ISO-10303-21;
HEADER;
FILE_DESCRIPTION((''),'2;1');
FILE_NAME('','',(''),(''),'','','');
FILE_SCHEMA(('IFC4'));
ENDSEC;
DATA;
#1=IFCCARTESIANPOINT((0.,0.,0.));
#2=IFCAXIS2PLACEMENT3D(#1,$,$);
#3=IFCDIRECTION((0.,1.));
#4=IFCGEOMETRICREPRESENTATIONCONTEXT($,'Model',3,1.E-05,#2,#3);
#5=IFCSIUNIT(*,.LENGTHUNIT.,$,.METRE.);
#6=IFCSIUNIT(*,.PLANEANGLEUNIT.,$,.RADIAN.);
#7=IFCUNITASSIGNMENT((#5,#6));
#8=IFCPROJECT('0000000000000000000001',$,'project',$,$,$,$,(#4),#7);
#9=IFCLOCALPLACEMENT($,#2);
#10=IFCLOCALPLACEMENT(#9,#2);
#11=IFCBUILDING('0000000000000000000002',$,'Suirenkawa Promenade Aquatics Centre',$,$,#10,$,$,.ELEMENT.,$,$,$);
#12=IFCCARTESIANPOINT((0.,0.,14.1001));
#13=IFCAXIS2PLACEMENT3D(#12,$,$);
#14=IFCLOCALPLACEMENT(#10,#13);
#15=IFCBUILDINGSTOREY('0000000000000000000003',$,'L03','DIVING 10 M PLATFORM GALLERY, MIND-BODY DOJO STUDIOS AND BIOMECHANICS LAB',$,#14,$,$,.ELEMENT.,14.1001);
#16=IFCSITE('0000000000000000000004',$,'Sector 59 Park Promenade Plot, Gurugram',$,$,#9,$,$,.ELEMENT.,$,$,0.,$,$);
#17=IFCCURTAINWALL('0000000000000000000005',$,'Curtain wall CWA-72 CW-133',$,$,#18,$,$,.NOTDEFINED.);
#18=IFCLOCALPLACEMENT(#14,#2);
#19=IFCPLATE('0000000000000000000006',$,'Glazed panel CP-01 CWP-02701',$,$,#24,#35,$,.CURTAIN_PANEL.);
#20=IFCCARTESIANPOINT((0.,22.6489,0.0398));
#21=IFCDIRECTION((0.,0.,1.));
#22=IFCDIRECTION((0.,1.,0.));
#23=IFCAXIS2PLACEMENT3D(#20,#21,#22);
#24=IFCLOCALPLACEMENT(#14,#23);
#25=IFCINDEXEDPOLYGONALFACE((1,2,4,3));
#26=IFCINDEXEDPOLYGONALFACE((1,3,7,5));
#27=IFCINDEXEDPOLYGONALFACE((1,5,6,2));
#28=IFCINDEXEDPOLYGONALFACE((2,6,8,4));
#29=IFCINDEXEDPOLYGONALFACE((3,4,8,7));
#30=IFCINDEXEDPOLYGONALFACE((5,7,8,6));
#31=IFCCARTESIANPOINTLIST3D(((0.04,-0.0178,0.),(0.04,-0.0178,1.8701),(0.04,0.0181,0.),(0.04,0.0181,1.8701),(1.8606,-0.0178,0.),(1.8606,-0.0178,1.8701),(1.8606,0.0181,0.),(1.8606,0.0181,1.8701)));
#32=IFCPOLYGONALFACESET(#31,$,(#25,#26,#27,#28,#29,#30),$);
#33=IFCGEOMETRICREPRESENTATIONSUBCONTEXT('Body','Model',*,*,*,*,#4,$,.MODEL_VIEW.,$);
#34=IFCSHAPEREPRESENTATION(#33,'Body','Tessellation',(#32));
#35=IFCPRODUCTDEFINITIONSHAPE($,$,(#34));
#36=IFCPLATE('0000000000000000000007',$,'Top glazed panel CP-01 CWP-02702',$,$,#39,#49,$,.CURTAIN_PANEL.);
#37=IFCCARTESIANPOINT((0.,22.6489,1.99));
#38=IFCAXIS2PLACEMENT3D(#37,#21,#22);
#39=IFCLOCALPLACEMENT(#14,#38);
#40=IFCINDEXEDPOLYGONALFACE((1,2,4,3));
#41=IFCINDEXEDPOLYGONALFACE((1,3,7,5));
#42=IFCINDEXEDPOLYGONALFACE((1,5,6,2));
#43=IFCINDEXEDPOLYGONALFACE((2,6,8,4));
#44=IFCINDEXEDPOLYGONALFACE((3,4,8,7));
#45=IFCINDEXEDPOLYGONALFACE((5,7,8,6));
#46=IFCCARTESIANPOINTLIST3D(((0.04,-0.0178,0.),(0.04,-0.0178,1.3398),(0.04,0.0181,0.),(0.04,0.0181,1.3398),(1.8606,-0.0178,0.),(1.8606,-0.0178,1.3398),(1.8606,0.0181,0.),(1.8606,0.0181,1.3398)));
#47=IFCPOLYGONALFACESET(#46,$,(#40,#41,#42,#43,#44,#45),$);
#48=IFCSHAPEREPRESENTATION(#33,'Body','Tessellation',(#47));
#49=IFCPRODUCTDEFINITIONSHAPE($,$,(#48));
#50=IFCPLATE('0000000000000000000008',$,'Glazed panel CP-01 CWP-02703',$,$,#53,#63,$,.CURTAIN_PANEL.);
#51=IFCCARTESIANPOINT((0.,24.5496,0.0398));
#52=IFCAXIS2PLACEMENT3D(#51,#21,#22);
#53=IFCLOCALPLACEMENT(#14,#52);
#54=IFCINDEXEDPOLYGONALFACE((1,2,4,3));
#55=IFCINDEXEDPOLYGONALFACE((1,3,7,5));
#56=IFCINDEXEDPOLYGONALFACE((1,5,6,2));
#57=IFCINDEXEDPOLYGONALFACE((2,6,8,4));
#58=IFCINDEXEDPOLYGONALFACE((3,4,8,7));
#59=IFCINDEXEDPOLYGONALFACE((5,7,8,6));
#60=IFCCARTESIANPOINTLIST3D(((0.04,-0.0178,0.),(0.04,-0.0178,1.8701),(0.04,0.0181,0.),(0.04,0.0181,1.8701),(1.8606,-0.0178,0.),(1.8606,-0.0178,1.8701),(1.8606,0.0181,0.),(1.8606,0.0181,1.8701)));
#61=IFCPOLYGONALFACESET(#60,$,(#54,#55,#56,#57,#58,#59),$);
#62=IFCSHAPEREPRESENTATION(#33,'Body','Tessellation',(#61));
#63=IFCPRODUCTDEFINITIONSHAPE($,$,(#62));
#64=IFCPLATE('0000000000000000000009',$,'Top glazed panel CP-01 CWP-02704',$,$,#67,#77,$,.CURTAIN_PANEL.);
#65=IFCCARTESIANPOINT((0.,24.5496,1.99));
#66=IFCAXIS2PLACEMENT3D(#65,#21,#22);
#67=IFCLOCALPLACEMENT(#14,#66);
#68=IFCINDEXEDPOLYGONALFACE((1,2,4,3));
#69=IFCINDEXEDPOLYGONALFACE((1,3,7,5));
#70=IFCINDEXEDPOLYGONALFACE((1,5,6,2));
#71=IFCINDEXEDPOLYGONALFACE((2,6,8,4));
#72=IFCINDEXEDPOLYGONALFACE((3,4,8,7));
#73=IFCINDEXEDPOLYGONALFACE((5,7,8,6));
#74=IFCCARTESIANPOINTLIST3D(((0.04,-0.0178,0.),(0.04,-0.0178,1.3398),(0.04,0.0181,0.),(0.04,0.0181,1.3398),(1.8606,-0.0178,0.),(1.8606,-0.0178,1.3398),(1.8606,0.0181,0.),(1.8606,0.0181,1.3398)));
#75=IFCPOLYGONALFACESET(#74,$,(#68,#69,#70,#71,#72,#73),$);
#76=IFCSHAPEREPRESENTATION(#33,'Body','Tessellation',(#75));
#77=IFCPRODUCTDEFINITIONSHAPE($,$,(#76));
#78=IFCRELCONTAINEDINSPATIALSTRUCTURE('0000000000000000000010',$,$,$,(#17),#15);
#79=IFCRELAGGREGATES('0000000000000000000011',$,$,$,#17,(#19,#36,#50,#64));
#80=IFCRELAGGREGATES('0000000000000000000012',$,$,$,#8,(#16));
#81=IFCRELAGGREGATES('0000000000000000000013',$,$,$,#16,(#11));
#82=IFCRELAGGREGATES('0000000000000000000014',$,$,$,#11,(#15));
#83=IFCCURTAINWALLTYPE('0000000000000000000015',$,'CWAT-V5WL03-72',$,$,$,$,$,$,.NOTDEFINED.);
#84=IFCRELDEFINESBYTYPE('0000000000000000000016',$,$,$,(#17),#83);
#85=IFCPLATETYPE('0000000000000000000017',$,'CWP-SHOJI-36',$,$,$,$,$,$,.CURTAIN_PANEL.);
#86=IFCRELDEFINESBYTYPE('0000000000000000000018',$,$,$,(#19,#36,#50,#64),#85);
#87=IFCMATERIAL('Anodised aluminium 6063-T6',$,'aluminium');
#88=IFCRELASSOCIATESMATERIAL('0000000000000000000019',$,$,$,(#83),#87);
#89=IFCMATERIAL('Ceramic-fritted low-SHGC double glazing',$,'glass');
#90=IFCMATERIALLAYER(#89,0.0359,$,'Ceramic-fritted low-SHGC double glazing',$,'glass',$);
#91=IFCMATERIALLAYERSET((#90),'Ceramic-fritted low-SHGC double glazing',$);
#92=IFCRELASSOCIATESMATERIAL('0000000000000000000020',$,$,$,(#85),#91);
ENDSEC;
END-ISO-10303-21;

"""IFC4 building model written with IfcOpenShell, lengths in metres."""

from ifc_helpers import new_model, si_unit, direction, frame, origin, place, context, subcontext, project, spatial, polyline, outline, extrude, material, layer, layer_set, type_object, element, aggregate, save


model = new_model("IFC4")

# Units and contexts
model_context = context("Model", 3, precision=1e-05, world=origin(), true_north=direction((0.0, 1.0)))
body_context = subcontext(model_context, "Body", "Model", "MODEL_VIEW")
ifc_project = project(units=[si_unit("LENGTHUNIT", "METRE"), si_unit("PLANEANGLEUNIT", "RADIAN")], contexts=[model_context])

# Site, building, storey
site_placement = place(None, origin())
site = spatial("IfcSite", under=ifc_project, at=site_placement, Name="Sector 59 Park Promenade Plot, Gurugram", CompositionType="ELEMENT", RefElevation=0.0)
building_placement = place(site_placement, origin())
building = spatial("IfcBuilding", under=site, at=building_placement, Name="Suirenkawa Promenade Aquatics Centre", CompositionType="ELEMENT")
storey_placement = place(building_placement, frame((0.0, 0.0, 14.1001)))
storey = spatial("IfcBuildingStorey", under=building, at=storey_placement, Name="L03", Description="DIVING 10 M PLATFORM GALLERY, MIND-BODY DOJO STUDIOS AND BIOMECHANICS LAB", CompositionType="ELEMENT", Elevation=14.1001)

# Curtain wall, plates
ifc_material_1 = material(Name="Anodised aluminium 6063-T6", Category="aluminium")
curtain_wall_type = type_object("IfcCurtainWallType", Name="CWAT-V5WL03-72", PredefinedType="NOTDEFINED", material=ifc_material_1)
curtain_wall_placement = place(storey_placement, origin())
curtain_wall = element("IfcCurtainWall", 1, at=curtain_wall_placement, inside=storey, type_object=curtain_wall_type, Name="Curtain wall CWA-72 CW-133", PredefinedType="NOTDEFINED")
ifc_material_2 = material(Name="Ceramic-fritted low-SHGC double glazing", Category="glass")
ifc_layer = layer(ifc_material_2, 0.0359, Name="Ceramic-fritted low-SHGC double glazing", Category="glass")
ifc_layer_set = layer_set([ifc_layer], Name="Ceramic-fritted low-SHGC double glazing")
plate_type = type_object("IfcPlateType", Name="CWP-SHOJI-36", PredefinedType="CURTAIN_PANEL", material=ifc_layer_set)
plate_1_placement = place(storey_placement, frame((0.0, 22.6489, 0.0398), z_axis=(0.0, 0.0, 1.0), x_axis=(0.0, 1.0, 0.0)))
plate_1 = element("IfcPlate", 2, at=plate_1_placement, type_object=plate_type, Name="Glazed panel CP-01 CWP-02701", PredefinedType="CURTAIN_PANEL", context=body_context, shape_type="SweptSolid", body=[
    extrude(outline(polyline([(0.04, 0.0), (1.8606, 0.0), (1.8606, 1.8701), (0.04, 1.8701), (0.04, 0.0)])), frame((0.0, 0.0181, 0.0), z_axis=(0.0, -1.0, 0.0), x_axis=(1.0, 0.0, 0.0)), (0.0, 0.0, 1.0), 0.0359),
])
plate_2_placement = place(storey_placement, frame((0.0, 22.6489, 1.99), z_axis=(0.0, 0.0, 1.0), x_axis=(0.0, 1.0, 0.0)))
plate_2 = element("IfcPlate", 3, at=plate_2_placement, type_object=plate_type, Name="Top glazed panel CP-01 CWP-02702", PredefinedType="CURTAIN_PANEL", context=body_context, shape_type="SweptSolid", body=[
    extrude(outline(polyline([(0.04, 0.0), (1.8606, 0.0), (1.8606, 1.3398), (0.04, 1.3398), (0.04, 0.0)])), frame((0.0, 0.0181, 0.0), z_axis=(0.0, -1.0, 0.0), x_axis=(1.0, 0.0, 0.0)), (0.0, 0.0, 1.0), 0.0359),
])
plate_3_placement = place(storey_placement, frame((0.0, 24.5496, 0.0398), z_axis=(0.0, 0.0, 1.0), x_axis=(0.0, 1.0, 0.0)))
plate_3 = element("IfcPlate", 4, at=plate_3_placement, type_object=plate_type, Name="Glazed panel CP-01 CWP-02703", PredefinedType="CURTAIN_PANEL", context=body_context, shape_type="SweptSolid", body=[
    extrude(outline(polyline([(0.04, 0.0), (1.8606, 0.0), (1.8606, 1.8701), (0.04, 1.8701), (0.04, 0.0)])), frame((0.0, 0.0181, 0.0), z_axis=(0.0, -1.0, 0.0), x_axis=(1.0, 0.0, 0.0)), (0.0, 0.0, 1.0), 0.0359),
])
plate_4_placement = place(storey_placement, frame((0.0, 24.5496, 1.99), z_axis=(0.0, 0.0, 1.0), x_axis=(0.0, 1.0, 0.0)))
plate_4 = element("IfcPlate", 5, at=plate_4_placement, type_object=plate_type, Name="Top glazed panel CP-01 CWP-02704", PredefinedType="CURTAIN_PANEL", context=body_context, shape_type="SweptSolid", body=[
    extrude(outline(polyline([(0.04, 0.0), (1.8606, 0.0), (1.8606, 1.3398), (0.04, 1.3398), (0.04, 0.0)])), frame((0.0, 0.0181, 0.0), z_axis=(0.0, -1.0, 0.0), x_axis=(1.0, 0.0, 0.0)), (0.0, 0.0, 1.0), 0.0359),
])
aggregate(curtain_wall, [plate_1, plate_2, plate_3, plate_4])

save(model, "model.ifc")
